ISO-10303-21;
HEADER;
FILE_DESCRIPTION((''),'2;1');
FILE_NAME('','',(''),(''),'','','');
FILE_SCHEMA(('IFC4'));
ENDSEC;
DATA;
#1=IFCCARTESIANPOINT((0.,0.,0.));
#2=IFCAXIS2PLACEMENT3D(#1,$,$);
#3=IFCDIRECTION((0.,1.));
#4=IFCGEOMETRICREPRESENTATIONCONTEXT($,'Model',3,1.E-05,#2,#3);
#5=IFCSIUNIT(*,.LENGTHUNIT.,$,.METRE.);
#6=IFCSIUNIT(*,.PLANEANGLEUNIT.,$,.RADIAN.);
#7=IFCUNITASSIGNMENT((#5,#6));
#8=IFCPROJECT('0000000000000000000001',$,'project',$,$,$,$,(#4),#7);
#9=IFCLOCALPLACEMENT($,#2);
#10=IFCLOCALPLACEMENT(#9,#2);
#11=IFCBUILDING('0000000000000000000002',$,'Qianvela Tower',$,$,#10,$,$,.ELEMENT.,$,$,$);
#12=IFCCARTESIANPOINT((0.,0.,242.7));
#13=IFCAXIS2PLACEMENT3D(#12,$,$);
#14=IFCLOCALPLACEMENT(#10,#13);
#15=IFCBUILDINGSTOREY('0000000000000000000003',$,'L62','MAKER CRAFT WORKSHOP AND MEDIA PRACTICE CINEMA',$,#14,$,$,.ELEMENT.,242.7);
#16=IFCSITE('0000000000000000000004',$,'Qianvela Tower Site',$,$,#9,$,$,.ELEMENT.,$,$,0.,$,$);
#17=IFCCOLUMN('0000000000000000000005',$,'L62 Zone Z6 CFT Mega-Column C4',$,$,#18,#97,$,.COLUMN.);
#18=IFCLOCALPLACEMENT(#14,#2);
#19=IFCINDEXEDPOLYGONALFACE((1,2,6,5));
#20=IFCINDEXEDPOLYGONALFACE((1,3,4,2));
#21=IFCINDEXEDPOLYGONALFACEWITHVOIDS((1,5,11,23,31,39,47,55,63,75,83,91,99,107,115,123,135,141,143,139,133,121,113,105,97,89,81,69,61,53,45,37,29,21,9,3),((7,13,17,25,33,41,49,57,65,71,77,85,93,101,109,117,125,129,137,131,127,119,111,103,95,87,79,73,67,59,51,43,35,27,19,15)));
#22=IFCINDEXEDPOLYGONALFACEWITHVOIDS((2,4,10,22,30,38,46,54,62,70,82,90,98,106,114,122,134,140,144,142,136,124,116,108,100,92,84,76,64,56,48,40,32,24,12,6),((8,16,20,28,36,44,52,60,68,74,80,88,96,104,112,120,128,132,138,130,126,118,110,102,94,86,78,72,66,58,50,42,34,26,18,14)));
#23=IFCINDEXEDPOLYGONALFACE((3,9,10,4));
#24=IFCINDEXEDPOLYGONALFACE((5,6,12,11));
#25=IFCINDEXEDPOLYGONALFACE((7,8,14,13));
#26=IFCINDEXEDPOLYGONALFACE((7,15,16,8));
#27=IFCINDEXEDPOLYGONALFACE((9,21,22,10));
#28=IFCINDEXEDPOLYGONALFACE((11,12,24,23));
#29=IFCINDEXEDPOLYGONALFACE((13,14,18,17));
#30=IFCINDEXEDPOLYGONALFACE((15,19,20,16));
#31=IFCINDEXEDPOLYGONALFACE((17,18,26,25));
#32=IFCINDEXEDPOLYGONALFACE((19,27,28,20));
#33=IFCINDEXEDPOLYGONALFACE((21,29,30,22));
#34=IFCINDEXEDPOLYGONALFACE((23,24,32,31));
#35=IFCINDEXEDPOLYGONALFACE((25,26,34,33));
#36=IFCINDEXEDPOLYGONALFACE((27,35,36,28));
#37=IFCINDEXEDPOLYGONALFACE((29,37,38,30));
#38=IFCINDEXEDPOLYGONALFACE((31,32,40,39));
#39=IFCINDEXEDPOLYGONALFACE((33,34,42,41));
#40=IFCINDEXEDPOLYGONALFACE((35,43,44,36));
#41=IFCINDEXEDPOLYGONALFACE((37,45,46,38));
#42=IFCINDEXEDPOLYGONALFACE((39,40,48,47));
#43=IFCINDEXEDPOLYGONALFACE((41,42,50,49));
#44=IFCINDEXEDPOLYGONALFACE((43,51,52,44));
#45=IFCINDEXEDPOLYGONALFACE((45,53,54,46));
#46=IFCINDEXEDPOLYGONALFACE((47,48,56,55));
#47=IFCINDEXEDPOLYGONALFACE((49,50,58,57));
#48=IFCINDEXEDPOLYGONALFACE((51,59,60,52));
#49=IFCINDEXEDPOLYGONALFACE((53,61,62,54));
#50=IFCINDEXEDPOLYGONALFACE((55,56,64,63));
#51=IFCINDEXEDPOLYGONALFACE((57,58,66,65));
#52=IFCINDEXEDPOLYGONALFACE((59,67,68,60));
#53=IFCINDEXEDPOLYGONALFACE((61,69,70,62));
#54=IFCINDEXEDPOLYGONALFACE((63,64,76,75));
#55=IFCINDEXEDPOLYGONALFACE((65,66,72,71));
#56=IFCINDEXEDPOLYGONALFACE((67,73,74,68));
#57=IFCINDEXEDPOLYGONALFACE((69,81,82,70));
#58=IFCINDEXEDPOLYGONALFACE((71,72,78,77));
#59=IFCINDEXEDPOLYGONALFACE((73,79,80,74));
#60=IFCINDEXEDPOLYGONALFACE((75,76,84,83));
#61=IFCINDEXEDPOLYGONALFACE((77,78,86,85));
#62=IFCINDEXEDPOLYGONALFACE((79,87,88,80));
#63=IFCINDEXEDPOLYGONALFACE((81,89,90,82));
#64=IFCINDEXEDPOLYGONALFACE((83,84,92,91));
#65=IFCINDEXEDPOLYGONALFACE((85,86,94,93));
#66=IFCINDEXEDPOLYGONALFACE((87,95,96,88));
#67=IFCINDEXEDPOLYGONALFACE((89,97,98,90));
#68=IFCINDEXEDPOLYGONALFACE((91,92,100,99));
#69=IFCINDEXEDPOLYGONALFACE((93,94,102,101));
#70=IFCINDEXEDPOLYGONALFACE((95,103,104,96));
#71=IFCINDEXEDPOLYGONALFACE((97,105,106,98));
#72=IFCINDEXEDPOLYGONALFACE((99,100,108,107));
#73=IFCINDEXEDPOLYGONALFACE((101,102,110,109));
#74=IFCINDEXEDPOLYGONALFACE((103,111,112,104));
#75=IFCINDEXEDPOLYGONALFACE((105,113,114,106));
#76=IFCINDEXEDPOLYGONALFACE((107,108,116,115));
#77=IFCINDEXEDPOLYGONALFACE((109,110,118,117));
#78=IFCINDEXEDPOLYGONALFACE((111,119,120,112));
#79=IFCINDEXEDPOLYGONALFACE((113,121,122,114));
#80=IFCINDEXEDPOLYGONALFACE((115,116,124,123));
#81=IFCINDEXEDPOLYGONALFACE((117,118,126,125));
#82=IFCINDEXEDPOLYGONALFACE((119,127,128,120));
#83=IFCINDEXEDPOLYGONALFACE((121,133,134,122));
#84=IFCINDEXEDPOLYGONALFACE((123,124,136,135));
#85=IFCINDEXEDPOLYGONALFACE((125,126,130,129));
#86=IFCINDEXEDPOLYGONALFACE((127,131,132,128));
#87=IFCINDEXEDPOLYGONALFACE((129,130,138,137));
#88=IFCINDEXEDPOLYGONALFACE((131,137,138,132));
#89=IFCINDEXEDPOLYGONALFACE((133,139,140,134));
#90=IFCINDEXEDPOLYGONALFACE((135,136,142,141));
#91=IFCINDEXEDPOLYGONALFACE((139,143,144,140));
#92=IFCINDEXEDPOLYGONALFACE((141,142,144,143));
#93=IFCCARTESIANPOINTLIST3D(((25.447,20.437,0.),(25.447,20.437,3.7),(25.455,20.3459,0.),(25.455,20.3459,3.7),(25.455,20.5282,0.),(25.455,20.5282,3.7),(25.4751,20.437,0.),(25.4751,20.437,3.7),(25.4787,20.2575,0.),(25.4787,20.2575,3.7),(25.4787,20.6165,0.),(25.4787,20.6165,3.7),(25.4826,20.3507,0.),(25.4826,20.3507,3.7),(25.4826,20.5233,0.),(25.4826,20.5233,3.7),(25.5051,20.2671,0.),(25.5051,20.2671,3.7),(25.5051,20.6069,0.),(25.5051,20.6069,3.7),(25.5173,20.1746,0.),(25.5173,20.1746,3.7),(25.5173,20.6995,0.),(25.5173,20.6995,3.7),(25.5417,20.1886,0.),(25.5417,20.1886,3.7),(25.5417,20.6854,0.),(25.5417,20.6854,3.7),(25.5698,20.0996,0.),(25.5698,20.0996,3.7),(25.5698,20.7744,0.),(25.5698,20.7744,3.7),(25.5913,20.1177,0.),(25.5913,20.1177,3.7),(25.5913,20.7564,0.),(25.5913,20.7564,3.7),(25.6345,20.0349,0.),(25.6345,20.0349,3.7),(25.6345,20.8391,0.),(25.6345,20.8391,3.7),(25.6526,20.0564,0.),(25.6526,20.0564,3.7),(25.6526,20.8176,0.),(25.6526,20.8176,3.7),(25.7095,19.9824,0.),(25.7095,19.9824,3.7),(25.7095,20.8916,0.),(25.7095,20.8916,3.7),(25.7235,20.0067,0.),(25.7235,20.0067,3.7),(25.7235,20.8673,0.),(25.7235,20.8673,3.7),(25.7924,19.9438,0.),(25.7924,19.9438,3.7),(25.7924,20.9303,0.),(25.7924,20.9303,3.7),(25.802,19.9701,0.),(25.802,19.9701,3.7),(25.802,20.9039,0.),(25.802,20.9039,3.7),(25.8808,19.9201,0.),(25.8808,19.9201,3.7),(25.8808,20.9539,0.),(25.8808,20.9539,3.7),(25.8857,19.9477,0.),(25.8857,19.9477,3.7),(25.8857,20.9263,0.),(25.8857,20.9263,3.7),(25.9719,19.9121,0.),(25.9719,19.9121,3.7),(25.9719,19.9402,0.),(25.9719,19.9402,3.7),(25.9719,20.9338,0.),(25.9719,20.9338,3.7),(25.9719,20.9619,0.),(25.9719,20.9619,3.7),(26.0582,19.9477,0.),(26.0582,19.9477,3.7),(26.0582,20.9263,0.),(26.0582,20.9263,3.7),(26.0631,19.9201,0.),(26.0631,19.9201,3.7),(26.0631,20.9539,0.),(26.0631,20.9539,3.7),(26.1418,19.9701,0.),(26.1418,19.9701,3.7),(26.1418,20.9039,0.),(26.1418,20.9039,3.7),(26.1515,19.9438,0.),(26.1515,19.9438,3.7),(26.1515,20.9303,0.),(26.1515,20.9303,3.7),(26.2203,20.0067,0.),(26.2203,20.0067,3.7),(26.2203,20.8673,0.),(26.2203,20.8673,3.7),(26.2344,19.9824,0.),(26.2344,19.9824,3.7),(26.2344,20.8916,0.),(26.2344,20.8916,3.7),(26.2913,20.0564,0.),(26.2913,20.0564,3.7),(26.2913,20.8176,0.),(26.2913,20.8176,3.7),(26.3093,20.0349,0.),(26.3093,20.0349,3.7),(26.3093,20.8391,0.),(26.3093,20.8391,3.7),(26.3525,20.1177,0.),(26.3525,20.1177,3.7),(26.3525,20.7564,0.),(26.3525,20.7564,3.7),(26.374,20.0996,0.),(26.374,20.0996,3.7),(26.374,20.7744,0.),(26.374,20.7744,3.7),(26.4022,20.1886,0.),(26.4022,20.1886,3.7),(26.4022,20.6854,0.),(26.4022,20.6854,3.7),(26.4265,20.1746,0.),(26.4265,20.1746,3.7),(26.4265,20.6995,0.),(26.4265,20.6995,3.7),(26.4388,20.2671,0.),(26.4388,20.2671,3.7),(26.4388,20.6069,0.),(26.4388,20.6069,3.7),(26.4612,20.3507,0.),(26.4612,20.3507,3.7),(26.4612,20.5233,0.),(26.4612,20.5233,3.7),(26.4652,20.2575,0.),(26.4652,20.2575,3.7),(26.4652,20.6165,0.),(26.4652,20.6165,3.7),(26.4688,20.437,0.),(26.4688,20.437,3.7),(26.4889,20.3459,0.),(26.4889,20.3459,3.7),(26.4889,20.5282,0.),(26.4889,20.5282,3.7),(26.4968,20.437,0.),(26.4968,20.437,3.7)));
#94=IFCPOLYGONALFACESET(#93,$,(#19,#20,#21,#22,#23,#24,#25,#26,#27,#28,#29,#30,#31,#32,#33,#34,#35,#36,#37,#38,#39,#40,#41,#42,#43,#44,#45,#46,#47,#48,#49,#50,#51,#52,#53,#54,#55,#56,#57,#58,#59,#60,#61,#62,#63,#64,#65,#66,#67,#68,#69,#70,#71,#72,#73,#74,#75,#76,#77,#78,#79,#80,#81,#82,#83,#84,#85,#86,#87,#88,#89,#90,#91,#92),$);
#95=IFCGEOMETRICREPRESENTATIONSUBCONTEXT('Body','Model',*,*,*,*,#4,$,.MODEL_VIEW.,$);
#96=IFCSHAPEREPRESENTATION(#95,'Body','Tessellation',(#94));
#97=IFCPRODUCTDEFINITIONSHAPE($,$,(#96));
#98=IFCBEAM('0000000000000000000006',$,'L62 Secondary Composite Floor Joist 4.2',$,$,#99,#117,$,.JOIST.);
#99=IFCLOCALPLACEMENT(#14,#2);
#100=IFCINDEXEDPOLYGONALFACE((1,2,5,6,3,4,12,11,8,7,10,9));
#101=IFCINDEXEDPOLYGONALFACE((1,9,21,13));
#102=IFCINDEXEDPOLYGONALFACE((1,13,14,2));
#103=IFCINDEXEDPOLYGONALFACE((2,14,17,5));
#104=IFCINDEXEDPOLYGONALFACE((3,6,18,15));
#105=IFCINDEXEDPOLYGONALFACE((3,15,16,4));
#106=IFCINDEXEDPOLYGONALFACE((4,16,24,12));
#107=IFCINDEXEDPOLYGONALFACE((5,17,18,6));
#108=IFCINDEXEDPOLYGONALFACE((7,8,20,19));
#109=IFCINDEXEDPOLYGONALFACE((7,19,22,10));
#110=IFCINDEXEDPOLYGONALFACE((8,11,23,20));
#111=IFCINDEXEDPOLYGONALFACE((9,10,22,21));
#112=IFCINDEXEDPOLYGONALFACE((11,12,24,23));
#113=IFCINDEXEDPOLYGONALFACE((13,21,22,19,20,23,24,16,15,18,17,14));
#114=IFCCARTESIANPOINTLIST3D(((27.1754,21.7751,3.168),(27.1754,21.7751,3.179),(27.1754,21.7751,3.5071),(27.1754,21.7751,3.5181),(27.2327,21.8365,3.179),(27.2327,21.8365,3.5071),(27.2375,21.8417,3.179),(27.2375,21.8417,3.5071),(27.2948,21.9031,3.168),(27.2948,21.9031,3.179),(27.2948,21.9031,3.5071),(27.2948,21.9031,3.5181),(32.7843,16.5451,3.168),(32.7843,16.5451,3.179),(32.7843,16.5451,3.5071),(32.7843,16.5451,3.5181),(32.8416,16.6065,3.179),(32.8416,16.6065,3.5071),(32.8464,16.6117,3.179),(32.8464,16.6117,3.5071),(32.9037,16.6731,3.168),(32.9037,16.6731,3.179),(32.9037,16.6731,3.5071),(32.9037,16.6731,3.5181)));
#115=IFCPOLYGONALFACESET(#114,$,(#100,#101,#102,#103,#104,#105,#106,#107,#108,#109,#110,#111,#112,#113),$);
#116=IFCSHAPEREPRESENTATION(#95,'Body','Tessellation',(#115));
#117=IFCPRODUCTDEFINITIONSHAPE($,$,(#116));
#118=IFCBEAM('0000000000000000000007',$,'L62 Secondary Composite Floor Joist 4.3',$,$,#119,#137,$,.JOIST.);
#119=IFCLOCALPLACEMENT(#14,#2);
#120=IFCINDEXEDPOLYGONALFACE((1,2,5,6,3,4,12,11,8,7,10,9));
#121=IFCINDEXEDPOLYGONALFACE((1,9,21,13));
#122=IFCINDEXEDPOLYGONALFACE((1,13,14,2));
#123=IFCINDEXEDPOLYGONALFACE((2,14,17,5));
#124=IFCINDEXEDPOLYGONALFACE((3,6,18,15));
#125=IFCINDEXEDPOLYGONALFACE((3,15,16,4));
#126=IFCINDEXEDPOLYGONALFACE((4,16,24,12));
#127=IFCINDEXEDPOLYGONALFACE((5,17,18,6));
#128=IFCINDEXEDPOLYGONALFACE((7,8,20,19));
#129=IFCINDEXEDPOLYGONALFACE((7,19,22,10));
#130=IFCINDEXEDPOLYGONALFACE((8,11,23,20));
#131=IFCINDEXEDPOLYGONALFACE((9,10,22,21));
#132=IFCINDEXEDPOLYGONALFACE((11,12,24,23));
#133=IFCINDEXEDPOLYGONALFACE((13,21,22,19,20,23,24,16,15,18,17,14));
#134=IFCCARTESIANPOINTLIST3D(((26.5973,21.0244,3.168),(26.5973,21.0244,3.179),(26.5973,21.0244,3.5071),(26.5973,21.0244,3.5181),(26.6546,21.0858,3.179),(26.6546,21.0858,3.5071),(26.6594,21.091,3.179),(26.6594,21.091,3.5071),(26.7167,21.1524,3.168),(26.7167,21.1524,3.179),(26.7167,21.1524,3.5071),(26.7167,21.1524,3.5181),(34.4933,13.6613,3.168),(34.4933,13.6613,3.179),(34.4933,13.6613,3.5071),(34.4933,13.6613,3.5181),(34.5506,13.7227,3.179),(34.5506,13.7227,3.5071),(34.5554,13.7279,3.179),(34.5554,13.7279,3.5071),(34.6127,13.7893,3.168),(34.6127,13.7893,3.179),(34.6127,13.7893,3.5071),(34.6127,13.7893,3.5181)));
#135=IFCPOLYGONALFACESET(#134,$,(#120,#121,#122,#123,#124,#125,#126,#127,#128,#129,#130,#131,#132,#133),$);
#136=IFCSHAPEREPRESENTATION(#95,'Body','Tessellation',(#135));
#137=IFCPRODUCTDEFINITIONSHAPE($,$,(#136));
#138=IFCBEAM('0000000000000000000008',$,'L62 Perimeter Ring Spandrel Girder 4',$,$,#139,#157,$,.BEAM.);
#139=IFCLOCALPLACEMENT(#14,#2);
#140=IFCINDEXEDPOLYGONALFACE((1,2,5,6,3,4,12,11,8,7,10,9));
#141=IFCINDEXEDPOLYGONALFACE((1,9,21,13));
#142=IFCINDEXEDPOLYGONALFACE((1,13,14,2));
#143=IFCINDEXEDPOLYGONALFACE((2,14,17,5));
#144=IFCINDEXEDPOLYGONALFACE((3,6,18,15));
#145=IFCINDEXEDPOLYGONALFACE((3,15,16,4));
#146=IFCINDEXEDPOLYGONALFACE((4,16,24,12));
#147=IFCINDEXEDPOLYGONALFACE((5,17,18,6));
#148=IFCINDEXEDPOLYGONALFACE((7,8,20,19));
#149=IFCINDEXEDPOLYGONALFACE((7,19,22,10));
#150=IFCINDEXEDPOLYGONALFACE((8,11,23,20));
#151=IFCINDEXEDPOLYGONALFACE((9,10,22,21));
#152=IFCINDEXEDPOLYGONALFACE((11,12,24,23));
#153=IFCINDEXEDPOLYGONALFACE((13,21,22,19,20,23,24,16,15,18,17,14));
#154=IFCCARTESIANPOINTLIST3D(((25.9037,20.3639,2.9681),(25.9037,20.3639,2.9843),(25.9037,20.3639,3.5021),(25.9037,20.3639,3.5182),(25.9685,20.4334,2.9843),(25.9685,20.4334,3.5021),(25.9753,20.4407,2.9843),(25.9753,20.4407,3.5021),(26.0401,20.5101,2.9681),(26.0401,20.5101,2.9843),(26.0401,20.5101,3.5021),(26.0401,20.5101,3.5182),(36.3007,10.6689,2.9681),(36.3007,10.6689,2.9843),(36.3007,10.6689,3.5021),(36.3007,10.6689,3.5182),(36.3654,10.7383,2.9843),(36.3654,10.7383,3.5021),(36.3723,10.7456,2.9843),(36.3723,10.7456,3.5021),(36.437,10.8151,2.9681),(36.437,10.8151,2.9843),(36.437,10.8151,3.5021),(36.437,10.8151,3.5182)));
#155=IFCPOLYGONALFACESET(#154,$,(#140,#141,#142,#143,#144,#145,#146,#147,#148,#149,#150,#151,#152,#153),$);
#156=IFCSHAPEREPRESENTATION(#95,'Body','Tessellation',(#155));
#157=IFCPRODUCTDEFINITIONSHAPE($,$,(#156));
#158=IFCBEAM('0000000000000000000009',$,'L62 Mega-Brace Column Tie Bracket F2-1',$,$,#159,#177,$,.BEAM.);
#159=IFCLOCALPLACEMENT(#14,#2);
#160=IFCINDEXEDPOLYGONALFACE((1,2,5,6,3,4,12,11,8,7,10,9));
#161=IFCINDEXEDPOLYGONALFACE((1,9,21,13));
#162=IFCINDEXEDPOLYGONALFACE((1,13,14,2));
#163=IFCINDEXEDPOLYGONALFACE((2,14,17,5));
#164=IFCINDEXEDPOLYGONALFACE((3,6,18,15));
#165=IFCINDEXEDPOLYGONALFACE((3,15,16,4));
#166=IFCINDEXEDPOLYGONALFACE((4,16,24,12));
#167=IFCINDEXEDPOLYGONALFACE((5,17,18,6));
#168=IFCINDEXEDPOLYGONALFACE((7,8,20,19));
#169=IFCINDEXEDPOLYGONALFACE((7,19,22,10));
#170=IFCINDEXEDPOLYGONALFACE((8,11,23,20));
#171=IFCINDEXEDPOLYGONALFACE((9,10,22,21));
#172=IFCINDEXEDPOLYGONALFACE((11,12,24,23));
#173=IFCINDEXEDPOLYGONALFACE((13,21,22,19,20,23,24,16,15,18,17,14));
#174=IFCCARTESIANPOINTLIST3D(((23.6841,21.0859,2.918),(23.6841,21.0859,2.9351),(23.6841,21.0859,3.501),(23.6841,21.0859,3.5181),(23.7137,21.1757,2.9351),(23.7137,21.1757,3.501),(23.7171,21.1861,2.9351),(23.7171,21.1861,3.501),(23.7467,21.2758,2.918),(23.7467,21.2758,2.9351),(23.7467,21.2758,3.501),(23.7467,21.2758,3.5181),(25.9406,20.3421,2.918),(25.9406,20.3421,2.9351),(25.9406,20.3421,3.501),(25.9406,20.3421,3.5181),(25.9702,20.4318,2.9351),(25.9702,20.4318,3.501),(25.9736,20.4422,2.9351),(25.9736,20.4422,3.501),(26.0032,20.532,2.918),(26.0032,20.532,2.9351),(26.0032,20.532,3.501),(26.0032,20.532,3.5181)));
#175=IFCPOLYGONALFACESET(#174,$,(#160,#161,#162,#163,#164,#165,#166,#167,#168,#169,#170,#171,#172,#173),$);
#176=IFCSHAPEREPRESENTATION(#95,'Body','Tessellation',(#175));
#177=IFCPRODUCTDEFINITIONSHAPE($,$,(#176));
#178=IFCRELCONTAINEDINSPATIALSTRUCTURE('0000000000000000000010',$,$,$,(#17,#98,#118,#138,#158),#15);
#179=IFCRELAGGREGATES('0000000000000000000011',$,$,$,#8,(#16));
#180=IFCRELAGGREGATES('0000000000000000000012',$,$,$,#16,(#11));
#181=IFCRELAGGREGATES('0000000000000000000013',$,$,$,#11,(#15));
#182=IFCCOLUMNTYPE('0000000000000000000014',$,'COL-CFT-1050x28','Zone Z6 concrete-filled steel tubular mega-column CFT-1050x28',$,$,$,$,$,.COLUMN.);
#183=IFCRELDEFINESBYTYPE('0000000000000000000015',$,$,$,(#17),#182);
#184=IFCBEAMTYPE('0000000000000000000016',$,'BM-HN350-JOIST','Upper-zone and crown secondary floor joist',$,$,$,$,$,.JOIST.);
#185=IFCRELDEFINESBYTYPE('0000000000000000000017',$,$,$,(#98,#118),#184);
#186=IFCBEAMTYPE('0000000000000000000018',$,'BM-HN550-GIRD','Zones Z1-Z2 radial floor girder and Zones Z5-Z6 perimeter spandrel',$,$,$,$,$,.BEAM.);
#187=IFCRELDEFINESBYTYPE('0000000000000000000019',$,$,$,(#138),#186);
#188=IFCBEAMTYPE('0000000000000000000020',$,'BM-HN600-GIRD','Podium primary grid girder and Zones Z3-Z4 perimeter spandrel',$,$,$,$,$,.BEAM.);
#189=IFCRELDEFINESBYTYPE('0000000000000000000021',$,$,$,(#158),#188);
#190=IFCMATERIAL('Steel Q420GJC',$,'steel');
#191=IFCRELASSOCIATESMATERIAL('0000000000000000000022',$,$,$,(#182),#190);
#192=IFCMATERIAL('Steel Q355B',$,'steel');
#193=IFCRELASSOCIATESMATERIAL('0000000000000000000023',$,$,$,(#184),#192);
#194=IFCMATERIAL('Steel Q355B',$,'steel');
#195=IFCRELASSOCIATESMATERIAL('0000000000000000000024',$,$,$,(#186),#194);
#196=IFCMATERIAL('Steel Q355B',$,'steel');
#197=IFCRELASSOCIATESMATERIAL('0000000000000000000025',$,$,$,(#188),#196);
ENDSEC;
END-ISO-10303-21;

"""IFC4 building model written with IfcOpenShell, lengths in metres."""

from ifc_helpers import new_model, si_unit, direction, frame, origin, origin_2d, place, context, subcontext, project, spatial, hollow_circle, i_section, extrude, material, material_profile, profile_set, type_object, element, save


model = new_model("IFC4")

# Units and contexts
model_context = context("Model", 3, precision=1e-05, world=origin(), true_north=direction((0.0, 1.0)))
body_context = subcontext(model_context, "Body", "Model", "MODEL_VIEW")
ifc_project = project(units=[si_unit("LENGTHUNIT", "METRE"), si_unit("PLANEANGLEUNIT", "RADIAN")], contexts=[model_context])

# Site, building, storey
site_placement = place(None, origin())
site = spatial("IfcSite", under=ifc_project, at=site_placement, Name="Qianvela Tower Site", CompositionType="ELEMENT", RefElevation=0.0)
building_placement = place(site_placement, origin())
building = spatial("IfcBuilding", under=site, at=building_placement, Name="Qianvela Tower", CompositionType="ELEMENT")
storey_placement = place(building_placement, frame((0.0, 0.0, 242.7)))
storey = spatial("IfcBuildingStorey", under=building, at=storey_placement, Name="L62", Description="MAKER CRAFT WORKSHOP AND MEDIA PRACTICE CINEMA", CompositionType="ELEMENT", Elevation=242.7)

# Column
ifc_material_1 = material(Name="Steel Q420GJC", Category="steel")
ifc_material_profile_1 = material_profile(ifc_material_1, hollow_circle(Radius=0.5249, WallThickness=0.0281, at=origin_2d()), Name="CFT-1050x28")
ifc_profile_set_1 = profile_set([ifc_material_profile_1], Name="Steel Q420GJC")
column_type = type_object("IfcColumnType", Name="COL-CFT-1050x28", Description="Zone Z6 concrete-filled steel tubular mega-column CFT-1050x28", PredefinedType="COLUMN", material=ifc_profile_set_1)
column_placement = place(storey_placement, frame((25.9719, 20.437, 0.0), z_axis=(0.0, 0.0, 1.0), x_axis=(1.0, 0.0, 0.0)))
element("IfcColumn", 1, at=column_placement, inside=storey, type_object=column_type, Name="L62 Zone Z6 CFT Mega-Column C4", PredefinedType="COLUMN", context=body_context, shape_type="SweptSolid", body=[
    extrude(hollow_circle(Radius=0.5249, WallThickness=0.0281, at=origin_2d()), origin(), (0.0, 0.0, 1.0), 3.7),
])

# Beams
ifc_material_2 = material(Name="Steel Q355B", Category="steel")
ifc_material_profile_2 = material_profile(ifc_material_2, i_section(OverallWidth=0.175, OverallDepth=0.3501, WebThickness=0.0071, FlangeThickness=0.011, at=origin_2d()), Name="HN350x175x7x11")
ifc_profile_set_2 = profile_set([ifc_material_profile_2], Name="Steel Q355B")
beam_type_1 = type_object("IfcBeamType", Name="BM-HN350-JOIST", Description="Upper-zone and crown secondary floor joist", PredefinedType="JOIST", material=ifc_profile_set_2)
beam_1_placement = place(storey_placement, frame((27.2351, 21.8391, 3.343), z_axis=(0.731379, -0.681971, 0.0), x_axis=(0.681971, 0.731379, 0.0)))
element("IfcBeam", 2, at=beam_1_placement, inside=storey, type_object=beam_type_1, Name="L62 Secondary Composite Floor Joist 4.2", PredefinedType="JOIST", context=body_context, shape_type="SweptSolid", body=[
    extrude(i_section(OverallWidth=0.175, OverallDepth=0.3501, WebThickness=0.0071, FlangeThickness=0.011, at=origin_2d()), origin(), (0.0, 0.0, 1.0), 7.6689),
])
beam_2_placement = place(storey_placement, frame((26.657, 21.0884, 3.343), z_axis=(0.731358, -0.681993, 0.0), x_axis=(0.681993, 0.731358, 0.0)))
element("IfcBeam", 3, at=beam_2_placement, inside=storey, type_object=beam_type_1, Name="L62 Secondary Composite Floor Joist 4.3", PredefinedType="JOIST", context=body_context, shape_type="SweptSolid", body=[
    extrude(i_section(OverallWidth=0.175, OverallDepth=0.3501, WebThickness=0.0071, FlangeThickness=0.011, at=origin_2d()), origin(), (0.0, 0.0, 1.0), 10.7964),
])
ifc_material_3 = material(Name="Steel Q355B", Category="steel")
ifc_material_profile_3 = material_profile(ifc_material_3, i_section(OverallWidth=0.2, OverallDepth=0.55, WebThickness=0.01, FlangeThickness=0.0161, at=origin_2d()), Name="HN550x200x10x16")
ifc_profile_set_3 = profile_set([ifc_material_profile_3], Name="Steel Q355B")
beam_type_2 = type_object("IfcBeamType", Name="BM-HN550-GIRD", Description="Zones Z1-Z2 radial floor girder and Zones Z5-Z6 perimeter spandrel", PredefinedType="BEAM", material=ifc_profile_set_3)
beam_3_placement = place(storey_placement, frame((25.9719, 20.437, 3.2432), z_axis=(0.731363, -0.681988, 0.0), x_axis=(0.681988, 0.731363, 0.0)))
element("IfcBeam", 4, at=beam_3_placement, inside=storey, type_object=beam_type_2, Name="L62 Perimeter Ring Spandrel Girder 4", PredefinedType="BEAM", context=body_context, shape_type="SweptSolid", body=[
    extrude(i_section(OverallWidth=0.2, OverallDepth=0.55, WebThickness=0.01, FlangeThickness=0.0161, at=origin_2d()), origin(), (0.0, 0.0, 1.0), 14.2158),
])
ifc_material_4 = material(Name="Steel Q355B", Category="steel")
ifc_material_profile_4 = material_profile(ifc_material_4, i_section(OverallWidth=0.2, OverallDepth=0.6001, WebThickness=0.011, FlangeThickness=0.0171, at=origin_2d()), Name="HN600x200x11x17")
ifc_profile_set_4 = profile_set([ifc_material_profile_4], Name="Steel Q355B")
beam_type_3 = type_object("IfcBeamType", Name="BM-HN600-GIRD", Description="Podium primary grid girder and Zones Z3-Z4 perimeter spandrel", PredefinedType="BEAM", material=ifc_profile_set_4)
beam_4_placement = place(storey_placement, frame((25.9719, 20.437, 3.218), z_axis=(-0.949726, 0.313082, 0.0), x_axis=(-0.313082, -0.949726, 0.0)))
element("IfcBeam", 5, at=beam_4_placement, inside=storey, type_object=beam_type_3, Name="L62 Mega-Brace Column Tie Bracket F2-1", PredefinedType="BEAM", context=body_context, shape_type="SweptSolid", body=[
    extrude(i_section(OverallWidth=0.2, OverallDepth=0.6001, WebThickness=0.011, FlangeThickness=0.0171, at=origin_2d()), origin(), (0.0, 0.0, 1.0), 2.376),
])

save(model, "model.ifc")
